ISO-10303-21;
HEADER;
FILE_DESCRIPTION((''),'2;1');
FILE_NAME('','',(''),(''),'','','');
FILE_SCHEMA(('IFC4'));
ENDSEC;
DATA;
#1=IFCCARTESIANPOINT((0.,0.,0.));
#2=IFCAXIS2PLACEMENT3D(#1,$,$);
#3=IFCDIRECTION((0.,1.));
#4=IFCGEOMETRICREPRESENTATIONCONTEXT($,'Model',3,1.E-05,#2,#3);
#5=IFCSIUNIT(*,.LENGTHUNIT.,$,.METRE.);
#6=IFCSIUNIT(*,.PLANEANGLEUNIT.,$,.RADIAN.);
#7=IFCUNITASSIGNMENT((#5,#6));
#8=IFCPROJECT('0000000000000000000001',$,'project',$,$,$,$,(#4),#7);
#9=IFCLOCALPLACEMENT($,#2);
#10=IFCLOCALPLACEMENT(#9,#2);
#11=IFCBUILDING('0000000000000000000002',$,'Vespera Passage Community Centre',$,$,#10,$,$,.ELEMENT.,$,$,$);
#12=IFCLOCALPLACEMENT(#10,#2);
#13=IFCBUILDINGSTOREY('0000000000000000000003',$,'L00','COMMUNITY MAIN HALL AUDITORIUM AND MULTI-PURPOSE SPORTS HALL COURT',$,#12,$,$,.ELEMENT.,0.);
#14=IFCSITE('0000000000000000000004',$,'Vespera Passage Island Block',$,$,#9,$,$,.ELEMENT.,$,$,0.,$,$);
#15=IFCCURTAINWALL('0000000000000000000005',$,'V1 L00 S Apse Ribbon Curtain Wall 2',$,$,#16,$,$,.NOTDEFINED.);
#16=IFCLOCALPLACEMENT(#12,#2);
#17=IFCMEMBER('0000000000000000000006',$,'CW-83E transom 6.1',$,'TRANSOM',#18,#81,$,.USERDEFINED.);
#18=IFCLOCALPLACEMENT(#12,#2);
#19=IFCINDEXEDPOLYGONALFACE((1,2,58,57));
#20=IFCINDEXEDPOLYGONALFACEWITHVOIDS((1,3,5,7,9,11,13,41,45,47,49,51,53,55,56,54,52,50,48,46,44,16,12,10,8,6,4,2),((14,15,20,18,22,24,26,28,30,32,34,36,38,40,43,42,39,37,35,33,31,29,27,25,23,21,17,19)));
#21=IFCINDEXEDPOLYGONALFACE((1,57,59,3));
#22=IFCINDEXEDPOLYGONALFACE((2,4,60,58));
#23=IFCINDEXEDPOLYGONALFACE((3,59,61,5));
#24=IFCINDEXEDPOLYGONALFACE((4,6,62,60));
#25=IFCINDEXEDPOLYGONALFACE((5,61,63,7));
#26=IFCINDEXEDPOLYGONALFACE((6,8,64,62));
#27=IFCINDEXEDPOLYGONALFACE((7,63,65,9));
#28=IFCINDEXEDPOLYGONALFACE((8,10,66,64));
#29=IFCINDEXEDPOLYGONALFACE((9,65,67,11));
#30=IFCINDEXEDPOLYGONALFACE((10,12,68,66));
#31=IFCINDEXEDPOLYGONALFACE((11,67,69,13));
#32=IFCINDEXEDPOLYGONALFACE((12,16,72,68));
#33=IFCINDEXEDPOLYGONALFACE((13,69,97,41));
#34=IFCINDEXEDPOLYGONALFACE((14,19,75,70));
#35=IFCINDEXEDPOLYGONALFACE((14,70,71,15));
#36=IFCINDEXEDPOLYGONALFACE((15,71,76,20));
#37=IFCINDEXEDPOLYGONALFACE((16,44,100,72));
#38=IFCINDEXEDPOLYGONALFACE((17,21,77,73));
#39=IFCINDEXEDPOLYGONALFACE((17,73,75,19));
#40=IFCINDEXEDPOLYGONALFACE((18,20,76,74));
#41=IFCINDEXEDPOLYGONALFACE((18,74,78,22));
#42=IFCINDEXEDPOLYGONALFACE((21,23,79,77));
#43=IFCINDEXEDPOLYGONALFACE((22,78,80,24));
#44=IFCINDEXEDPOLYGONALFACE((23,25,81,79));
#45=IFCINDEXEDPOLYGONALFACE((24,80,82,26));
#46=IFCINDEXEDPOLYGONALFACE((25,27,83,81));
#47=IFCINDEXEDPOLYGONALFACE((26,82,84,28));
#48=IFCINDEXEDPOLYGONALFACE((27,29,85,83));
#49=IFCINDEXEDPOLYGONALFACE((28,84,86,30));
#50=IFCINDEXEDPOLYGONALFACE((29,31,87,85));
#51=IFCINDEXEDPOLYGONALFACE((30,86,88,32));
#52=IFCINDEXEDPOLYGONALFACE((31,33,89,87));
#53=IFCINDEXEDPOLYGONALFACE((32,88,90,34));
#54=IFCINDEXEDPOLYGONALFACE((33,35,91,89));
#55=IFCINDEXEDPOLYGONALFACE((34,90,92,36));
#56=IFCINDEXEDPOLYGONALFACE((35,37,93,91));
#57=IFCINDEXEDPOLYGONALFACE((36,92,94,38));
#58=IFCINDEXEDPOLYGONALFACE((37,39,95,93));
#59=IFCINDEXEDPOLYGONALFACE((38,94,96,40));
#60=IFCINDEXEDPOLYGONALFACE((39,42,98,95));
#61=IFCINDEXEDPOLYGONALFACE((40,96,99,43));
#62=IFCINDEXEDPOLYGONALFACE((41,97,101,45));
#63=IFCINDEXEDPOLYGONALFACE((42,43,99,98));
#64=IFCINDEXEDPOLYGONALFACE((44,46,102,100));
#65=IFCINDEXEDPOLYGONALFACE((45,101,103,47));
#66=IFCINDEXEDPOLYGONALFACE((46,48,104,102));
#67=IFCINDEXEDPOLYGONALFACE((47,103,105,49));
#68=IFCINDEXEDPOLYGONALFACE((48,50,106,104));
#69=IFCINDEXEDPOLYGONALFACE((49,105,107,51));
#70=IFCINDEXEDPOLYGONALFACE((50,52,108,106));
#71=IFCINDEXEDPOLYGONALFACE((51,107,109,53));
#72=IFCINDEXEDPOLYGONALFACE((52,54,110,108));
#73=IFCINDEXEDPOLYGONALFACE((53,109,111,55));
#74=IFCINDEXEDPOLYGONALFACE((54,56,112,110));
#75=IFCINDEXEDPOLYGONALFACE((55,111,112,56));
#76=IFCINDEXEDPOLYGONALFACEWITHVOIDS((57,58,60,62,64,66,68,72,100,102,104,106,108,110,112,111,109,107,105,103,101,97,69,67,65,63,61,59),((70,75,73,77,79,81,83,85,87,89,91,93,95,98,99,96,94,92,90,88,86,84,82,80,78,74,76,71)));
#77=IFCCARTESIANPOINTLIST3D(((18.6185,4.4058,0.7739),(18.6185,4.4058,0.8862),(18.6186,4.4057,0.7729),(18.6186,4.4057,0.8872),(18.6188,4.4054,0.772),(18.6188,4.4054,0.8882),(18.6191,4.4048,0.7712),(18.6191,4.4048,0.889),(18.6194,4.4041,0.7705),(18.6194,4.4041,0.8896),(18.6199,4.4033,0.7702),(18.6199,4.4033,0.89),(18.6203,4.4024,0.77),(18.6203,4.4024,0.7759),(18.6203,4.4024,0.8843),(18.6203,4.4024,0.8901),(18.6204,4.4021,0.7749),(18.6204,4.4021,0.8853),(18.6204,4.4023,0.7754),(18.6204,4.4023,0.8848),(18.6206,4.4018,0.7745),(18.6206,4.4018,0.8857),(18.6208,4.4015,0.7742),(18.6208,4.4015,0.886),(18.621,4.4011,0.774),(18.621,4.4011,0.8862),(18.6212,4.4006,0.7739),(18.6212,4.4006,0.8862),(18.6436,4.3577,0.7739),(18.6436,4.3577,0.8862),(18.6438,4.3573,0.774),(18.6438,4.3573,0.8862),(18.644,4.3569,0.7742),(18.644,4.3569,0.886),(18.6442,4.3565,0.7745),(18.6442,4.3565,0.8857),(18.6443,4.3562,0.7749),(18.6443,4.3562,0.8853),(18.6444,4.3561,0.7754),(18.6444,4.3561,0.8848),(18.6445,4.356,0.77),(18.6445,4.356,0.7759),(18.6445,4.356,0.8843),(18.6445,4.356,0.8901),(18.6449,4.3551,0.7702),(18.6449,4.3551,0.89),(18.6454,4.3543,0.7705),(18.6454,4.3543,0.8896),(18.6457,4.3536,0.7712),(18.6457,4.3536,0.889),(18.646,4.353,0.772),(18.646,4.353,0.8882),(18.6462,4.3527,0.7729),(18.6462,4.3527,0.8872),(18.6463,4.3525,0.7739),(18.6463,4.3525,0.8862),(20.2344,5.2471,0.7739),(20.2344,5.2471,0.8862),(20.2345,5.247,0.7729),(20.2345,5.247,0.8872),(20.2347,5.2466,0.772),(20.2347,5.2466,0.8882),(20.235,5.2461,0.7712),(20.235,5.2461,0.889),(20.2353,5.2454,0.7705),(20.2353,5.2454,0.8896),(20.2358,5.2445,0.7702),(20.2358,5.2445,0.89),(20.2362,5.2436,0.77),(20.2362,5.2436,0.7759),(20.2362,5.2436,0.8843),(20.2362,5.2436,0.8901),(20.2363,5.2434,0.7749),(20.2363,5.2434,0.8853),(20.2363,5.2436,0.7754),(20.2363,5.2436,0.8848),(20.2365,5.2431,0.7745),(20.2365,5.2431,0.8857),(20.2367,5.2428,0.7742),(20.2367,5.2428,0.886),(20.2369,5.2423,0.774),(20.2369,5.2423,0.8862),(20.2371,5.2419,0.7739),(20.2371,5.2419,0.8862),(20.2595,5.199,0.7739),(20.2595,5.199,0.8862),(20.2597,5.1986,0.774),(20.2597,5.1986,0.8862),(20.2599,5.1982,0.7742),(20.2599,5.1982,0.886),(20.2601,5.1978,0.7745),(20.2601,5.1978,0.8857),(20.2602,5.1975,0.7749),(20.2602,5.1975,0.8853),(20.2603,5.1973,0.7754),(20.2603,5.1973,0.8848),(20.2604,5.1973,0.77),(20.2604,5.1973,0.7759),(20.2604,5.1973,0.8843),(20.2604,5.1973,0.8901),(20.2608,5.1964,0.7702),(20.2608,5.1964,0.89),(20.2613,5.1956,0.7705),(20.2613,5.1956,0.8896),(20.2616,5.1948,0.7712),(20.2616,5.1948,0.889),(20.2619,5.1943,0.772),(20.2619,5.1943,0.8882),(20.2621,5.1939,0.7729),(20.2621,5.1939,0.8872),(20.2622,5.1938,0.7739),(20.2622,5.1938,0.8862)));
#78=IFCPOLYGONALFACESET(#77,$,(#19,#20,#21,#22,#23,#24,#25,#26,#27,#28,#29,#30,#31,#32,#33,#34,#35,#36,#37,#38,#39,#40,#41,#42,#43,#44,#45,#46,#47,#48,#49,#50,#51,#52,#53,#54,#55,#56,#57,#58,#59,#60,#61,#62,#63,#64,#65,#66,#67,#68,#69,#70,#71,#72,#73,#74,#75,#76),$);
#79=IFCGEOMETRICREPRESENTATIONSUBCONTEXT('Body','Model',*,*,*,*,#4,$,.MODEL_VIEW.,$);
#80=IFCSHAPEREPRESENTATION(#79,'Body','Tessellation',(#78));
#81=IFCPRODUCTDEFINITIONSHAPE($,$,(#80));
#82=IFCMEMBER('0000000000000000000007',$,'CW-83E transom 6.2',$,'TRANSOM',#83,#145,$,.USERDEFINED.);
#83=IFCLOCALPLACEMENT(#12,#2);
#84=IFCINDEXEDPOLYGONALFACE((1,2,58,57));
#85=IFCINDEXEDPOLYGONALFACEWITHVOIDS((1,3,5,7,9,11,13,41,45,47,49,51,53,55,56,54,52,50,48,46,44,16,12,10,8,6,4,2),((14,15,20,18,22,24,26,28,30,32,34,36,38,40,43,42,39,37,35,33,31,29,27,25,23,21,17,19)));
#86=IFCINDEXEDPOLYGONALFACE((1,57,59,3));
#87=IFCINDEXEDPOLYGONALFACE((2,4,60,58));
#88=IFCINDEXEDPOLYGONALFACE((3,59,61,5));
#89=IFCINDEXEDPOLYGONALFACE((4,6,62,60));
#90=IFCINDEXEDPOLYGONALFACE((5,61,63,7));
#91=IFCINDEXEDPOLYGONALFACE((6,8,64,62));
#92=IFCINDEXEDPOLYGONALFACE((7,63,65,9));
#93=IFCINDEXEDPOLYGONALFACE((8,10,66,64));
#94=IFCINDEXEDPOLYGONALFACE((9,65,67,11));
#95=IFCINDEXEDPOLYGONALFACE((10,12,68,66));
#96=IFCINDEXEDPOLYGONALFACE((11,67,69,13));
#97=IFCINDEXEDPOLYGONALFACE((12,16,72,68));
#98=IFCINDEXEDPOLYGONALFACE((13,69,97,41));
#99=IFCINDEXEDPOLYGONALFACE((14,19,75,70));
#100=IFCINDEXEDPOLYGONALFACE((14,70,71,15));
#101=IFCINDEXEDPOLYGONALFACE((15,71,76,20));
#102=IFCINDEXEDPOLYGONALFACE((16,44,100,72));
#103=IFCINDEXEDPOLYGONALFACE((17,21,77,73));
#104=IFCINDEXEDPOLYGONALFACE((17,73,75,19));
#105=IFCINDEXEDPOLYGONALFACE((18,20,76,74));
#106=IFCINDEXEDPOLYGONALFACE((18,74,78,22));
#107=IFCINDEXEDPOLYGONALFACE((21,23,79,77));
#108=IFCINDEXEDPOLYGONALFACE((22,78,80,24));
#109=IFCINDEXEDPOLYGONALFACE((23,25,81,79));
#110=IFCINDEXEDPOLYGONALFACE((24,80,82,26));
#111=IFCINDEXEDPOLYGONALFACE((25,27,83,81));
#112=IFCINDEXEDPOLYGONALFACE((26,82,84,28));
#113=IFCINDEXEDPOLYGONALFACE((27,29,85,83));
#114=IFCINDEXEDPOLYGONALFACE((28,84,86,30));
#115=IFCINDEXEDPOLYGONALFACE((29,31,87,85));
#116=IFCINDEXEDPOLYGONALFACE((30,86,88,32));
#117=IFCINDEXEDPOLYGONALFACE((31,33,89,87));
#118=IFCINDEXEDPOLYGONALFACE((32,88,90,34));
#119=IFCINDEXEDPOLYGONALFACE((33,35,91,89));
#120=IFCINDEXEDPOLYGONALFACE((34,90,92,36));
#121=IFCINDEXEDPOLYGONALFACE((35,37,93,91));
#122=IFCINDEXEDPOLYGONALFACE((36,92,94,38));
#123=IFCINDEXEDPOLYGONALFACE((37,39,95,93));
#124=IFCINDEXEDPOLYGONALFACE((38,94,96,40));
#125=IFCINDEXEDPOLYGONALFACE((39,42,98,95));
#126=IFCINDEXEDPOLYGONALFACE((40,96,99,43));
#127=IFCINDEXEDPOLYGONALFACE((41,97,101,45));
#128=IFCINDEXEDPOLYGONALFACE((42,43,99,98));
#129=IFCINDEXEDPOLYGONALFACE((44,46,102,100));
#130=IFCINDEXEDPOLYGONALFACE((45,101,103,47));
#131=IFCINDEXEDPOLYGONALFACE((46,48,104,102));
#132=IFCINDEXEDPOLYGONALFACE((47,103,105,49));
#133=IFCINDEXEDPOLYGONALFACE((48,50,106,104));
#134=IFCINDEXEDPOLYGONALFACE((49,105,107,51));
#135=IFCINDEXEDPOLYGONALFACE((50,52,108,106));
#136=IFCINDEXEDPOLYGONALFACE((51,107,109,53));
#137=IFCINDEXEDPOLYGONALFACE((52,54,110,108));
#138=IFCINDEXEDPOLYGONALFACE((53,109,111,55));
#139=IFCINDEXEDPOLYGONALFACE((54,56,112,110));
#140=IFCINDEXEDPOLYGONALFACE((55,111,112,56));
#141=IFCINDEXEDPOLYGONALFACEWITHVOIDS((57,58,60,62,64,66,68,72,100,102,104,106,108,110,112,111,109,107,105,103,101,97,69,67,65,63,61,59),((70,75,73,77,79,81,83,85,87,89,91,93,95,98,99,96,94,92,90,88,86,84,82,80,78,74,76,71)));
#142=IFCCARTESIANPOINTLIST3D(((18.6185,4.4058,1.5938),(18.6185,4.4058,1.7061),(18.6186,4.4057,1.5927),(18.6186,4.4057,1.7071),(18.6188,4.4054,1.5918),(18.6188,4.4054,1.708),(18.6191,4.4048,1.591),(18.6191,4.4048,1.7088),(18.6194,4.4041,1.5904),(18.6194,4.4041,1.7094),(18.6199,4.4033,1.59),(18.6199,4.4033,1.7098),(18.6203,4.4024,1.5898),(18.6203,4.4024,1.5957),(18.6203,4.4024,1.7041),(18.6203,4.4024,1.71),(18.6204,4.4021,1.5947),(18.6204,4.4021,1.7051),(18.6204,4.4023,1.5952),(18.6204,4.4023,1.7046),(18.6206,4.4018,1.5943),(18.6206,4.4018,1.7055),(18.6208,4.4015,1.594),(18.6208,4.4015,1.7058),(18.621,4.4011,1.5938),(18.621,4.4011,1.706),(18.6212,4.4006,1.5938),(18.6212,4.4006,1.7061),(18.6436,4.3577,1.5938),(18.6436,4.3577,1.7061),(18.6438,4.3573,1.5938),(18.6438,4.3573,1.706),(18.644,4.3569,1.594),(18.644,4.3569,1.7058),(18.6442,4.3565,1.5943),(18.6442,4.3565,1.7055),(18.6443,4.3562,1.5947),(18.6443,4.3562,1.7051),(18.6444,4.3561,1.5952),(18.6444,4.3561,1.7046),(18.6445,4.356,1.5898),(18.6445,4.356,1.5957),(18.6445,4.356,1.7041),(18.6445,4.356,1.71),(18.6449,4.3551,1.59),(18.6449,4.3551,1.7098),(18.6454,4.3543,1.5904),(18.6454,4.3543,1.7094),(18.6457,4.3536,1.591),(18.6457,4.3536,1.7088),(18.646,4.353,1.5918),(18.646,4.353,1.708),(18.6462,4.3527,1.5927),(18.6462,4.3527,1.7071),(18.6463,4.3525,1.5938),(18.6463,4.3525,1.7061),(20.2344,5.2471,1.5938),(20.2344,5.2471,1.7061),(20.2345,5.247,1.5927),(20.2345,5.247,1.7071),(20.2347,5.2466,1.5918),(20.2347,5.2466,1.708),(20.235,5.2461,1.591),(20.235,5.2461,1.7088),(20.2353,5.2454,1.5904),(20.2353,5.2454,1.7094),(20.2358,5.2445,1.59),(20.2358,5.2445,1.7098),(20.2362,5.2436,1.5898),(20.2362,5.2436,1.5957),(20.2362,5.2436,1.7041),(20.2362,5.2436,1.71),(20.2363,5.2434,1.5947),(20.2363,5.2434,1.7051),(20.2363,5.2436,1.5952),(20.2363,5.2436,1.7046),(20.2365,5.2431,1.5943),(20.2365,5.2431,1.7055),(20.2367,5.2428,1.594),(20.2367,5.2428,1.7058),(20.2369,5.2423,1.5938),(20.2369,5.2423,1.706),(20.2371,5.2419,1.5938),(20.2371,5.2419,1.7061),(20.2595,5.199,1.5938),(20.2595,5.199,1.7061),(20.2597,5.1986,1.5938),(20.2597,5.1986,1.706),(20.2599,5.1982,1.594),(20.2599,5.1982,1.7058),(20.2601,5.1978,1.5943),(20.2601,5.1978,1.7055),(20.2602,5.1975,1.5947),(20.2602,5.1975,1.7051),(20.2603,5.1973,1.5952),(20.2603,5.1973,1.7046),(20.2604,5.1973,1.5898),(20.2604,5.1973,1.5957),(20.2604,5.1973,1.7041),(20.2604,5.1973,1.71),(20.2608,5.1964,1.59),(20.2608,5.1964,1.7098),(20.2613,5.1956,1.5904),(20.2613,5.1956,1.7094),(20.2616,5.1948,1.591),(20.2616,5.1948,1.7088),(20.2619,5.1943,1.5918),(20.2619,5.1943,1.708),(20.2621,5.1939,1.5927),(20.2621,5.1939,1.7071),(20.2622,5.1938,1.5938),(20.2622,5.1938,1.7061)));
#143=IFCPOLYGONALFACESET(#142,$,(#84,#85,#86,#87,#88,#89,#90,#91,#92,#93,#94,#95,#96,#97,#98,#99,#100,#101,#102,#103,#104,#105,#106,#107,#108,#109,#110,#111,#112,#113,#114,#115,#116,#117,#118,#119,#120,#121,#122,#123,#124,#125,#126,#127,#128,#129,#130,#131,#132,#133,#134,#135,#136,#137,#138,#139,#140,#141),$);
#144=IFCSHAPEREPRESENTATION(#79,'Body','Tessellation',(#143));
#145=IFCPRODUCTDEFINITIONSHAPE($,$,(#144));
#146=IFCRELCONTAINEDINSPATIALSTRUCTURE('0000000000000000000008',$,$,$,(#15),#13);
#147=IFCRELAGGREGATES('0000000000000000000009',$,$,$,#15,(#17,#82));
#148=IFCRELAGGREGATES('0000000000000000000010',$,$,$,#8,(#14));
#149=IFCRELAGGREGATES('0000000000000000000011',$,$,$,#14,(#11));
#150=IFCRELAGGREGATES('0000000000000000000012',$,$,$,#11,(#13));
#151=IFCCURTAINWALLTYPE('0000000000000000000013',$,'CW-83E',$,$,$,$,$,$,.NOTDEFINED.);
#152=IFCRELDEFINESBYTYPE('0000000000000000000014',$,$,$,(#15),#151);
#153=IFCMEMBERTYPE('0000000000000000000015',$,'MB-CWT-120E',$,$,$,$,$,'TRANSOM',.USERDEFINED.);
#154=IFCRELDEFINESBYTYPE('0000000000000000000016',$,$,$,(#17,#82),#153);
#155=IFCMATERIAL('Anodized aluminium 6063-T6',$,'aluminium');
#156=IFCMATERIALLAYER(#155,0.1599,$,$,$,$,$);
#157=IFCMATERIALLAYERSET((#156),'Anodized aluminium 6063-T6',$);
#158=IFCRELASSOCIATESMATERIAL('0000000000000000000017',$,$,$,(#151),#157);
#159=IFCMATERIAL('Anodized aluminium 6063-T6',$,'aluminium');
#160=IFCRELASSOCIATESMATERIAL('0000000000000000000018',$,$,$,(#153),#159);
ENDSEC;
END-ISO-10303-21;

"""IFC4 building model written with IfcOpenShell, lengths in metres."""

from ifc_helpers import new_model, si_unit, direction, frame, origin, origin_2d, place, context, subcontext, project, spatial, hollow_rectangle, extrude, material, layer, layer_set, material_profile, profile_set, type_object, element, aggregate, save


model = new_model("IFC4")

# Units and contexts
model_context = context("Model", 3, precision=1e-05, world=origin(), true_north=direction((0.0, 1.0)))
body_context = subcontext(model_context, "Body", "Model", "MODEL_VIEW")
ifc_project = project(units=[si_unit("LENGTHUNIT", "METRE"), si_unit("PLANEANGLEUNIT", "RADIAN")], contexts=[model_context])

# Site, building, storey
site_placement = place(None, origin())
site = spatial("IfcSite", under=ifc_project, at=site_placement, Name="Vespera Passage Island Block", CompositionType="ELEMENT", RefElevation=0.0)
building_placement = place(site_placement, origin())
building = spatial("IfcBuilding", under=site, at=building_placement, Name="Vespera Passage Community Centre", CompositionType="ELEMENT")
storey_placement = place(building_placement, origin())
storey = spatial("IfcBuildingStorey", under=building, at=storey_placement, Name="L00", Description="COMMUNITY MAIN HALL AUDITORIUM AND MULTI-PURPOSE SPORTS HALL COURT", CompositionType="ELEMENT", Elevation=0.0)

# Curtain wall, members
ifc_material_1 = material(Name="Anodized aluminium 6063-T6", Category="aluminium")
ifc_layer_1 = layer(ifc_material_1, 0.1599)
ifc_layer_set_1 = layer_set([ifc_layer_1], Name="Anodized aluminium 6063-T6")
curtain_wall_type = type_object("IfcCurtainWallType", Name="CW-83E", PredefinedType="NOTDEFINED", material=ifc_layer_set_1)
curtain_wall_placement = place(storey_placement, origin())
curtain_wall = element("IfcCurtainWall", 1, at=curtain_wall_placement, inside=storey, type_object=curtain_wall_type, Name="V1 L00 S Apse Ribbon Curtain Wall 2", PredefinedType="NOTDEFINED")
ifc_material_2 = material(Name="Anodized aluminium 6063-T6", Category="aluminium")
ifc_material_profile_1 = material_profile(ifc_material_2, hollow_rectangle(XDim=0.0601, YDim=0.1201, WallThickness=0.0039, InnerFilletRadius=0.002, OuterFilletRadius=0.0039, at=origin_2d()), Name="ALU120X60X4")
ifc_profile_set_1 = profile_set([ifc_material_profile_1], Name="Anodized aluminium 6063-T6")
member_type_1 = type_object("IfcMemberType", Name="MB-CWT-120E", ElementType="TRANSOM", PredefinedType="USERDEFINED", material=ifc_profile_set_1)
member_1_placement = place(storey_placement, frame((20.2483, 5.2205, 0.8301), z_axis=(-0.886991, -0.461787, 0.0), x_axis=(0.461787, -0.886991, 0.0)))
member_1 = element("IfcMember", 2, at=member_1_placement, type_object=member_type_1, Name="CW-83E transom 6.1", ObjectType="TRANSOM", PredefinedType="USERDEFINED", context=body_context, shape_type="SweptSolid", body=[
    extrude(hollow_rectangle(XDim=0.0601, YDim=0.1201, WallThickness=0.0039, InnerFilletRadius=0.002, OuterFilletRadius=0.0039, at=origin_2d()), origin(), (0.0, 0.0, 1.0), 1.8218),
])
member_2_placement = place(storey_placement, frame((20.2483, 5.2205, 1.6499), z_axis=(-0.886991, -0.461787, 0.0), x_axis=(0.461787, -0.886991, 0.0)))
member_2 = element("IfcMember", 3, at=member_2_placement, type_object=member_type_1, Name="CW-83E transom 6.2", ObjectType="TRANSOM", PredefinedType="USERDEFINED", context=body_context, shape_type="SweptSolid", body=[
    extrude(hollow_rectangle(XDim=0.0601, YDim=0.1201, WallThickness=0.0039, InnerFilletRadius=0.002, OuterFilletRadius=0.0039, at=origin_2d()), origin(), (0.0, 0.0, 1.0), 1.8218),
])

aggregate(curtain_wall, [member_1, member_2])

save(model, "model.ifc")
